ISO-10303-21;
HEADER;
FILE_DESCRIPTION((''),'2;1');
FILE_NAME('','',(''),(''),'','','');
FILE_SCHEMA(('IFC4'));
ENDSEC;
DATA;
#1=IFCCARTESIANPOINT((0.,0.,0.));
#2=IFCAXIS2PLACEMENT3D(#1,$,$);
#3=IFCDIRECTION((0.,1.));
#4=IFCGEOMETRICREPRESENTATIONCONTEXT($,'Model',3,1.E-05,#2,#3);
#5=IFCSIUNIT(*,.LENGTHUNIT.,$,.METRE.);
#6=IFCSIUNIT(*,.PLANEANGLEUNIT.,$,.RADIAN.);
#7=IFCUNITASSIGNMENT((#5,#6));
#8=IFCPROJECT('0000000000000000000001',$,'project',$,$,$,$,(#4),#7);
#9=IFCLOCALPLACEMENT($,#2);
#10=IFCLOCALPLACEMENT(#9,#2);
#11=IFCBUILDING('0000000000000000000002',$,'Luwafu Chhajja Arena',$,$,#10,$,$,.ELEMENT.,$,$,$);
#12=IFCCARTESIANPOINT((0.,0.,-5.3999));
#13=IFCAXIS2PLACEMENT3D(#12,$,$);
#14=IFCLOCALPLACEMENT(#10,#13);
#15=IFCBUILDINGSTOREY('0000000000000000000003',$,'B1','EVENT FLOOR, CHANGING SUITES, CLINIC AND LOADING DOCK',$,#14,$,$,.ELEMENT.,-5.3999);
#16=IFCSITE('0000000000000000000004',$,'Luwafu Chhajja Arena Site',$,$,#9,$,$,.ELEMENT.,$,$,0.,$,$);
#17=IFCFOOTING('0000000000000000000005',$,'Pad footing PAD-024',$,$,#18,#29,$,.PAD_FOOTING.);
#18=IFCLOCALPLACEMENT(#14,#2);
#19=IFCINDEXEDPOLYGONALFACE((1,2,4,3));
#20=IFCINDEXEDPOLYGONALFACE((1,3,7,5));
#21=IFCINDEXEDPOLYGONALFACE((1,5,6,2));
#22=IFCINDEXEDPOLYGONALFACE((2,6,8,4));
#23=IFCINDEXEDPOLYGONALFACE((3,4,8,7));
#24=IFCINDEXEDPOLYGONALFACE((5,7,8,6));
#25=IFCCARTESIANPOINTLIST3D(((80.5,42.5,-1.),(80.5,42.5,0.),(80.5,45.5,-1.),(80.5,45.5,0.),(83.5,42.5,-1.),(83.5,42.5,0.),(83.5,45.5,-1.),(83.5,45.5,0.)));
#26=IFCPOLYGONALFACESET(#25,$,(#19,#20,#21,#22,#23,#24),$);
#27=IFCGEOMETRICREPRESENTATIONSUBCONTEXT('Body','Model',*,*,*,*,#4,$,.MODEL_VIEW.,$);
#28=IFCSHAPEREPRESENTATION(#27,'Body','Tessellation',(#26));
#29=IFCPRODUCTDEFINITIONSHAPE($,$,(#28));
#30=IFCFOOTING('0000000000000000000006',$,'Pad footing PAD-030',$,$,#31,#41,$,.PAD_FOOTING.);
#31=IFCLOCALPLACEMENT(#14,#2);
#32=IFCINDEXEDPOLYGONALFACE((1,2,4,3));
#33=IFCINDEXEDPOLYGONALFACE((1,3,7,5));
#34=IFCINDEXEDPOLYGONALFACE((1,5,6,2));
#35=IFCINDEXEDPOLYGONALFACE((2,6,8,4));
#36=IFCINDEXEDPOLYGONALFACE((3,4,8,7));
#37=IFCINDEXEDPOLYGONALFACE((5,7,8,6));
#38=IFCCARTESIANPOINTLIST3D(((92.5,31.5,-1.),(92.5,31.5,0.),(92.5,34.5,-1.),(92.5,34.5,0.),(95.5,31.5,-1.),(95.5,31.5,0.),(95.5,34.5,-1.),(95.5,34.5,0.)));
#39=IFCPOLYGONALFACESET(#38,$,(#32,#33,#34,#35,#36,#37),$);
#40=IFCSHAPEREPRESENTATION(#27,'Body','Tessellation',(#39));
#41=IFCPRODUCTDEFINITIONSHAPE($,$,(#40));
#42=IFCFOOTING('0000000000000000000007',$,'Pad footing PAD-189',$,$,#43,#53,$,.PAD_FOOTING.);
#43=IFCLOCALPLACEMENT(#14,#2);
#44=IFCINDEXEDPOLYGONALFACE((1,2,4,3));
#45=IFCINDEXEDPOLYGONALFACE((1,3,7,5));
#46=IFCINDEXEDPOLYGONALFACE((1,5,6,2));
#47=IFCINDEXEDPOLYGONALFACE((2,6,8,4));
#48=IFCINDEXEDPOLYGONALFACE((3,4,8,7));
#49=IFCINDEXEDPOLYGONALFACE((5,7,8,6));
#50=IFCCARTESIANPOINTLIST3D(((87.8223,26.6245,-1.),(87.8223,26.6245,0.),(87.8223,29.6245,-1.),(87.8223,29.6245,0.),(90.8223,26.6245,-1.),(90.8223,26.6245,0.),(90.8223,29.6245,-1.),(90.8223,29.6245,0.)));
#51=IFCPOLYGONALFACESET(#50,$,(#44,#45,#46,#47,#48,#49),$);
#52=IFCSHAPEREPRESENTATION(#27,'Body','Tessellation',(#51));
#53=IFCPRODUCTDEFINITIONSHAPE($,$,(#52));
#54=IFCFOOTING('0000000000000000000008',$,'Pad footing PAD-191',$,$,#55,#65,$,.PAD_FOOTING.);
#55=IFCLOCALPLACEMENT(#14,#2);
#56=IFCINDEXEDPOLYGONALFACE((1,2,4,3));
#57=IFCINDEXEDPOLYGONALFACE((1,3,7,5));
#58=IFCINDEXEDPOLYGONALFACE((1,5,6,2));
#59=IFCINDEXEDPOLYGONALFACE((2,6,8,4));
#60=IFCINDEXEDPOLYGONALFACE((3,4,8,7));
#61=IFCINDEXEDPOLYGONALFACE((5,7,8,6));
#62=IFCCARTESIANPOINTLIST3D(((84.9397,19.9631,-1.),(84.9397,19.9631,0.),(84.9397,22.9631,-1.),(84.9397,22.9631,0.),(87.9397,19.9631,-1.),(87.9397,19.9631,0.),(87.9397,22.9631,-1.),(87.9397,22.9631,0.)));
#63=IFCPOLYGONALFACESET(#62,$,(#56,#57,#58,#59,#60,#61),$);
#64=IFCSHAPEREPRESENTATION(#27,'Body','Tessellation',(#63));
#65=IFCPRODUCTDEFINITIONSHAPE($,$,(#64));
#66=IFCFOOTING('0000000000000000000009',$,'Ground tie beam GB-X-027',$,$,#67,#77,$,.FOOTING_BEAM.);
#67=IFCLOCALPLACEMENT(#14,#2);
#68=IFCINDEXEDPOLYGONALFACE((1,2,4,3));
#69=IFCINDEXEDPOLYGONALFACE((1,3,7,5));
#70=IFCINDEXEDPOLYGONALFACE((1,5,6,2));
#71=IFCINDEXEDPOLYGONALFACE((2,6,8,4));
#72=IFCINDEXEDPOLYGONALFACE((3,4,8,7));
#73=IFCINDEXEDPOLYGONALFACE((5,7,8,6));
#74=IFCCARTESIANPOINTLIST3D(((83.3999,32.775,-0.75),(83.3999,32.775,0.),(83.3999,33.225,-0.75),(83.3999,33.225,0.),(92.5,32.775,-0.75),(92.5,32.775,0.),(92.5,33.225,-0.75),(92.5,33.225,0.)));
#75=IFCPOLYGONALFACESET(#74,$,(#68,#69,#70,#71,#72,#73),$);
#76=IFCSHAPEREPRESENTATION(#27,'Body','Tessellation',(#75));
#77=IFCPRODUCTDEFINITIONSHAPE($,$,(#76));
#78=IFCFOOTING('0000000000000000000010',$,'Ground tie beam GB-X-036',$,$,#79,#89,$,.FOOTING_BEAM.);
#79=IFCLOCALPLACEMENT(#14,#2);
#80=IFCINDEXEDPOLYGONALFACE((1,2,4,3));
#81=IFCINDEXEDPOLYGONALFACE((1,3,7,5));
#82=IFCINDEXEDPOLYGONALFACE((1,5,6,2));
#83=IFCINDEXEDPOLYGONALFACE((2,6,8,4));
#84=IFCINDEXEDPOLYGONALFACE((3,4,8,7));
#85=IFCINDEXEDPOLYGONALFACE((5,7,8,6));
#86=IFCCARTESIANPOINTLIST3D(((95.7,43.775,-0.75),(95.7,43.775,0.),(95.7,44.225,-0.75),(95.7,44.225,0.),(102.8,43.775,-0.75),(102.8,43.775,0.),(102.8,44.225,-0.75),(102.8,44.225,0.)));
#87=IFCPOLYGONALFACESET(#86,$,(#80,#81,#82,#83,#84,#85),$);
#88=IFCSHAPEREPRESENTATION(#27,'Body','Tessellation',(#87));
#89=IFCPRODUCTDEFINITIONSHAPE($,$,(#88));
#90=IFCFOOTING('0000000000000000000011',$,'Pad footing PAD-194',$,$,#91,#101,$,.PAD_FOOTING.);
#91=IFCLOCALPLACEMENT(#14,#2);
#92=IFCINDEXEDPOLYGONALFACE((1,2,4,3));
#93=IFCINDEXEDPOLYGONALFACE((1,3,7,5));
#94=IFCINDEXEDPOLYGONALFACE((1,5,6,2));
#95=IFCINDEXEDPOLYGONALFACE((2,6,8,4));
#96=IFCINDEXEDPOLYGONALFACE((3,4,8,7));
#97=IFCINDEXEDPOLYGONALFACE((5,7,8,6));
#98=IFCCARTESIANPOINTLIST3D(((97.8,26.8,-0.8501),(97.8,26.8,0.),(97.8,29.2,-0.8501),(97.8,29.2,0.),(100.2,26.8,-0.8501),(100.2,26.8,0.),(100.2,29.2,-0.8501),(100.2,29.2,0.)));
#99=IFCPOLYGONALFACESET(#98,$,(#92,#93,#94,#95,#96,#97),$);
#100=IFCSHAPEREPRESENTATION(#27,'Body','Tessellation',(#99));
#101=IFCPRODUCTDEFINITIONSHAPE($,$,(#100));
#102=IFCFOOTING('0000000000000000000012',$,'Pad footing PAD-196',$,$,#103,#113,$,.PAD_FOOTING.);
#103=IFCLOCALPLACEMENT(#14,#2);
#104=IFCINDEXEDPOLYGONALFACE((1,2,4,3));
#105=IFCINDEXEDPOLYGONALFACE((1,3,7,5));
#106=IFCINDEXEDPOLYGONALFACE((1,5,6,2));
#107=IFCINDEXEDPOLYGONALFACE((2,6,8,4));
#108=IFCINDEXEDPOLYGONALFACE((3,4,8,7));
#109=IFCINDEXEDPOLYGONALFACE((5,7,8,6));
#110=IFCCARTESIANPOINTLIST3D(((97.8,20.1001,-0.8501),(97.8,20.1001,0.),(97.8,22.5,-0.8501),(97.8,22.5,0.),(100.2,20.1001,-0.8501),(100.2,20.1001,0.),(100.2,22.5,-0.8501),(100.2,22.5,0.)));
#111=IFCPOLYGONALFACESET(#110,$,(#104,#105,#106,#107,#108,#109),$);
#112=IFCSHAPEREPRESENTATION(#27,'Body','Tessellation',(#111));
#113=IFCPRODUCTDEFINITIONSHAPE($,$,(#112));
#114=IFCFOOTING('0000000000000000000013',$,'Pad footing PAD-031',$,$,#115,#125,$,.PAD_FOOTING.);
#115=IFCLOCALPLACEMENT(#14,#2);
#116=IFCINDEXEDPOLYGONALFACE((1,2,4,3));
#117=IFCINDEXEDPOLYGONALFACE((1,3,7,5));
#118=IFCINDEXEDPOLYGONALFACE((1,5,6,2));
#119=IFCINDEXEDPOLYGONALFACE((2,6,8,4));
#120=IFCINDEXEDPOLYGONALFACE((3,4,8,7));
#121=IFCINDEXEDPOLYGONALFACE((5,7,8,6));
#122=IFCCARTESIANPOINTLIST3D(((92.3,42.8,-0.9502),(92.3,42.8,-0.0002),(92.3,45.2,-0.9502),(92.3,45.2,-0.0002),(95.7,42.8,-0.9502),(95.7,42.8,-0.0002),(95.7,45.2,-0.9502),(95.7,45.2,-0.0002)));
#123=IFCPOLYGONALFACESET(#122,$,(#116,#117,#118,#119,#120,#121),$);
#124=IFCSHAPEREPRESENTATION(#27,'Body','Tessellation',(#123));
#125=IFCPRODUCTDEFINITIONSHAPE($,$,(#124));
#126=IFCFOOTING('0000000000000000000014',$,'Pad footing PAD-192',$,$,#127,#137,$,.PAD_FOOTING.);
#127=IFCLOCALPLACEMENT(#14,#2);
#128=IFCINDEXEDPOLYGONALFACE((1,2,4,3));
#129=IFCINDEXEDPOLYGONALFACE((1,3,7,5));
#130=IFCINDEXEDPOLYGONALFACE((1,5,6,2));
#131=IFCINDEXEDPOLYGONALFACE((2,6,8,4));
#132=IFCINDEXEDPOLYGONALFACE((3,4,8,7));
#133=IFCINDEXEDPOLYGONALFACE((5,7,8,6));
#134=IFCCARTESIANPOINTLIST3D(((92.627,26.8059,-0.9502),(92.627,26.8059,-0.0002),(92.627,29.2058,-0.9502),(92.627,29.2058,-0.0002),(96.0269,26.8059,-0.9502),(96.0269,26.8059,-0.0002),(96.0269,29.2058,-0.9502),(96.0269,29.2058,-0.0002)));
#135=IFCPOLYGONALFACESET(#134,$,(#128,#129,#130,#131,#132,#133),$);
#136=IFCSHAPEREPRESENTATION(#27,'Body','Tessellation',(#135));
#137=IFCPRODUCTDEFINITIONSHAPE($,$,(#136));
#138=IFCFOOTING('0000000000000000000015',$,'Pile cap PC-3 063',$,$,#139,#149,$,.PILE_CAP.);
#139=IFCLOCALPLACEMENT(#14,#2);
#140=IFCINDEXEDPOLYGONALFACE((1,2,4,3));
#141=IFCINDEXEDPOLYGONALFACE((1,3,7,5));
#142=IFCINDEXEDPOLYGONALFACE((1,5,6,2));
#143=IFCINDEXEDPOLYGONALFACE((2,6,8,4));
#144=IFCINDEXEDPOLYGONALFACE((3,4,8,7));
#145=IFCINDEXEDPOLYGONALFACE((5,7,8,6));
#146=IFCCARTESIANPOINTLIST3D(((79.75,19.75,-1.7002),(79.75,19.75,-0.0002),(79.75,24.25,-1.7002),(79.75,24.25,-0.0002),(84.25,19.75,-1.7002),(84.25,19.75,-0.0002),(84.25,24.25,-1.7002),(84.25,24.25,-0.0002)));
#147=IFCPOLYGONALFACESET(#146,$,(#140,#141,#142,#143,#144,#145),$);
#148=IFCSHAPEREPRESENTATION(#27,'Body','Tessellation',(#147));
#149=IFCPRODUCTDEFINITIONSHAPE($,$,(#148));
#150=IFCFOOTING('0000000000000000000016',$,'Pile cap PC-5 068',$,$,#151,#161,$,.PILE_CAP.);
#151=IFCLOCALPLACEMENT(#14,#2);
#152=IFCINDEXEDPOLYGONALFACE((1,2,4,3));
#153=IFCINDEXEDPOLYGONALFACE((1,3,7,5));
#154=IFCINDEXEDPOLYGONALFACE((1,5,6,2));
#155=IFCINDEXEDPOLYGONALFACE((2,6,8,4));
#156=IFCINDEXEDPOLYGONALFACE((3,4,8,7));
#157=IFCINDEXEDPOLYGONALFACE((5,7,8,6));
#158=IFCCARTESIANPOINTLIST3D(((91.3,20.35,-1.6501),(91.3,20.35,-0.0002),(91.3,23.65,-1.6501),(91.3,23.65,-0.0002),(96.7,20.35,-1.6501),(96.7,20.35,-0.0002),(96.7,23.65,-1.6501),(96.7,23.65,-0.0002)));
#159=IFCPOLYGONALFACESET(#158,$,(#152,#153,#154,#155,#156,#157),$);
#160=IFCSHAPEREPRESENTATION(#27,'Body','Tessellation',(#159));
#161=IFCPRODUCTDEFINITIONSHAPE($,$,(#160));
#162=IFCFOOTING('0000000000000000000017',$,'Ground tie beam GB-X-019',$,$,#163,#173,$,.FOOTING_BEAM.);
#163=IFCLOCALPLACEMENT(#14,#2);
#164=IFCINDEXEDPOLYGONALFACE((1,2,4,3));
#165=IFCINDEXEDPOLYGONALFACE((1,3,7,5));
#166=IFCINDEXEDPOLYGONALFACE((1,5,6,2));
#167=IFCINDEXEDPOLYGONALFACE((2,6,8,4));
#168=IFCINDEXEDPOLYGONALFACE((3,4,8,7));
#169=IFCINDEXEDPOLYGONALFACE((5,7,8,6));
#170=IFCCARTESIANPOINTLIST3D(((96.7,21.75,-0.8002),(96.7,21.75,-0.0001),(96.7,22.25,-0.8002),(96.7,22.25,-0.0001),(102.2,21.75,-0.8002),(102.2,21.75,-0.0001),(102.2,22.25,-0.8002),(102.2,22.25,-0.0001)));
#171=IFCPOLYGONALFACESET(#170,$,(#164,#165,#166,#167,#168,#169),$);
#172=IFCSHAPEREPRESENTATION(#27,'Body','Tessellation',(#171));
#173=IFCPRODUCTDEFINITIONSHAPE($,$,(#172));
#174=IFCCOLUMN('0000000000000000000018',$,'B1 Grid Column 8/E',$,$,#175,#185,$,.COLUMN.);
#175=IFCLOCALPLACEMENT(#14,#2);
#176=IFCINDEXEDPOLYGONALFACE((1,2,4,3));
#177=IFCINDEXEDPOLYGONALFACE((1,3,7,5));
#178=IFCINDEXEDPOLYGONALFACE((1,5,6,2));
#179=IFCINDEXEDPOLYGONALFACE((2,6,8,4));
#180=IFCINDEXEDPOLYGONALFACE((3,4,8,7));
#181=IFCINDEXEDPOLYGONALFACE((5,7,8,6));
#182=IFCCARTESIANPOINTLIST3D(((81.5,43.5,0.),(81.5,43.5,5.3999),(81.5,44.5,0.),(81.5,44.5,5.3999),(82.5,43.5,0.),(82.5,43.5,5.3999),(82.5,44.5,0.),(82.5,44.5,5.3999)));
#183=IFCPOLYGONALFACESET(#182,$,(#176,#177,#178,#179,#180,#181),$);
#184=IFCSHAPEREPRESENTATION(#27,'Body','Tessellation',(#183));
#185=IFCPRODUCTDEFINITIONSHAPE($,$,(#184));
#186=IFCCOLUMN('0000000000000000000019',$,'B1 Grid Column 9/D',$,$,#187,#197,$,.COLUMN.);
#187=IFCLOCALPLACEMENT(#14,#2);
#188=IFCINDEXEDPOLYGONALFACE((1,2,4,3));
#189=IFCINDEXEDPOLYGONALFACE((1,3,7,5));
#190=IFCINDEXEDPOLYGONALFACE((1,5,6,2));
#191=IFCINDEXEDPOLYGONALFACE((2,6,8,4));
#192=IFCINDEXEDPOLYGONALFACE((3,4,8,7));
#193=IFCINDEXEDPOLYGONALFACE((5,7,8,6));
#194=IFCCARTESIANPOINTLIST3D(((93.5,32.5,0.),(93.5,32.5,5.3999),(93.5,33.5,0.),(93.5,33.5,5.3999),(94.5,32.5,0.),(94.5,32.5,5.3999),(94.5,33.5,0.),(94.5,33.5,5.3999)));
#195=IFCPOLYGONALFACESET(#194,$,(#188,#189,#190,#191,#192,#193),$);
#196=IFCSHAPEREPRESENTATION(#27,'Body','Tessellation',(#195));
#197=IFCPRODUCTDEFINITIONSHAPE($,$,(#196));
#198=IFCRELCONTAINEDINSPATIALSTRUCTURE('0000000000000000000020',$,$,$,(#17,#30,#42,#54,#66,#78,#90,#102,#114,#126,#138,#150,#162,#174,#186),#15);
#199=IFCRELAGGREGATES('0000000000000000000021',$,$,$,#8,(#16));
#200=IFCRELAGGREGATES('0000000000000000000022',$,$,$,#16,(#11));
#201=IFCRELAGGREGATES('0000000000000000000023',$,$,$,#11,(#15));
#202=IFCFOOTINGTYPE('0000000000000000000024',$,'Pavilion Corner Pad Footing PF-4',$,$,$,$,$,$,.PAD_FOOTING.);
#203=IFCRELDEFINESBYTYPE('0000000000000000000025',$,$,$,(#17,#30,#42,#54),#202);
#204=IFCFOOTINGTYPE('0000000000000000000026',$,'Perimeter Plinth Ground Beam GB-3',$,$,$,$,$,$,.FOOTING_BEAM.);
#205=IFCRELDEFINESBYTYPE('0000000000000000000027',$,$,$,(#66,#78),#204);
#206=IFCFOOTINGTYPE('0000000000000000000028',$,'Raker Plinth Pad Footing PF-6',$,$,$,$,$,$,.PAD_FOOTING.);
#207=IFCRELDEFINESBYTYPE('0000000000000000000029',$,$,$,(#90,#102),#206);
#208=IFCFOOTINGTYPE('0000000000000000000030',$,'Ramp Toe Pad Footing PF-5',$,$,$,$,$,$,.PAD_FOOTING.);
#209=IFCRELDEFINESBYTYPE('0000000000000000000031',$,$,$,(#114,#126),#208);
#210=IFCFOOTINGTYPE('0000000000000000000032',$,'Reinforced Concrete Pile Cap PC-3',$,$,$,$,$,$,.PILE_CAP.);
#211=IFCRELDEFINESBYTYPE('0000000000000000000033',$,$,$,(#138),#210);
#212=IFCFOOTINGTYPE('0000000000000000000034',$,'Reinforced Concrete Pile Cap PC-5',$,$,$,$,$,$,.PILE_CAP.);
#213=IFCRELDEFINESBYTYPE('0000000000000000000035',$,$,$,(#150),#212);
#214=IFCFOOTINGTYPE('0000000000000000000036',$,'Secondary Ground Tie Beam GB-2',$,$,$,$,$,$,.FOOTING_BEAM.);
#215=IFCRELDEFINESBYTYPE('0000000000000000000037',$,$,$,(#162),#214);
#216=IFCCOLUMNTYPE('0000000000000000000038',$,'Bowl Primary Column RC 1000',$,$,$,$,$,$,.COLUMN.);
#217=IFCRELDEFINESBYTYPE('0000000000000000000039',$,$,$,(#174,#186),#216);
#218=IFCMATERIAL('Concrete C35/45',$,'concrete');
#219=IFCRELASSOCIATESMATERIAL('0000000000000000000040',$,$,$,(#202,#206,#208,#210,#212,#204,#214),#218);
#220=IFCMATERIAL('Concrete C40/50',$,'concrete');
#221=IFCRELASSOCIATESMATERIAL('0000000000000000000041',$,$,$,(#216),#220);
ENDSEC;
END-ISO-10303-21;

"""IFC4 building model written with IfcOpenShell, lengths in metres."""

from ifc_helpers import new_model, si_unit, direction, frame, origin, origin_2d, place, context, subcontext, project, spatial, rectangle, extrude, material, material_profile, profile_set, type_object, element, save


model = new_model("IFC4")

# Units and contexts
model_context = context("Model", 3, precision=1e-05, world=origin(), true_north=direction((0.0, 1.0)))
body_context = subcontext(model_context, "Body", "Model", "MODEL_VIEW")
ifc_project = project(units=[si_unit("LENGTHUNIT", "METRE"), si_unit("PLANEANGLEUNIT", "RADIAN")], contexts=[model_context])

# Site, building, storey
site_placement = place(None, origin())
site = spatial("IfcSite", under=ifc_project, at=site_placement, Name="Luwafu Chhajja Arena Site", CompositionType="ELEMENT", RefElevation=0.0)
building_placement = place(site_placement, origin())
building = spatial("IfcBuilding", under=site, at=building_placement, Name="Luwafu Chhajja Arena", CompositionType="ELEMENT")
storey_placement = place(building_placement, frame((0.0, 0.0, -5.3999)))
storey = spatial("IfcBuildingStorey", under=building, at=storey_placement, Name="B1", Description="EVENT FLOOR, CHANGING SUITES, CLINIC AND LOADING DOCK", CompositionType="ELEMENT", Elevation=-5.3999)

# Shared definitions
ifc_material_1 = material(Name="Concrete C35/45", Category="concrete")

# Footings
footing_type_1 = type_object("IfcFootingType", Name="Pavilion Corner Pad Footing PF-4", PredefinedType="PAD_FOOTING", material=ifc_material_1)
for number, where, z_axis, x_axis, name in (
    (1, (82.0, 44.0, -1.0), (0.0, 0.0, 1.0), (1.0, 0.0, 0.0), "Pad footing PAD-024"),
    (2, (94.0, 33.0, -1.0), (0.0, 0.0, 1.0), (1.0, 0.0, 0.0), "Pad footing PAD-030"),
    (3, (89.3223, 28.1245, -1.0), (0.0, 0.0, 1.0), (1.0, 0.0, 0.0), "Pad footing PAD-189"),
    (4, (86.4397, 21.4631, -1.0), (0.0, 0.0, 1.0), (1.0, 0.0, 0.0), "Pad footing PAD-191"),
):
    element("IfcFooting", number, at=place(storey_placement, frame(where, z_axis=z_axis, x_axis=x_axis)), inside=storey, type_object=footing_type_1, Name=name, PredefinedType="PAD_FOOTING", context=body_context, shape_type="SweptSolid", body=[
        extrude(rectangle(XDim=3.0, YDim=3.0, at=origin_2d()), origin(), (0.0, 0.0, 1.0), 1.0),
    ])
ifc_material_profile_1 = material_profile(ifc_material_1, rectangle(XDim=0.45, YDim=0.75, at=origin_2d()), Name="RC 450x750")
ifc_profile_set_1 = profile_set([ifc_material_profile_1], Name="Concrete C35/45")
footing_type_2 = type_object("IfcFootingType", Name="Perimeter Plinth Ground Beam GB-3", PredefinedType="FOOTING_BEAM", material=ifc_profile_set_1)
footing_1_placement = place(storey_placement, frame((83.3999, 33.0, -0.375), z_axis=(1.0, 0.0, 0.0), x_axis=(0.0, 1.0, 0.0)))
element("IfcFooting", 5, at=footing_1_placement, inside=storey, type_object=footing_type_2, Name="Ground tie beam GB-X-027", PredefinedType="FOOTING_BEAM", context=body_context, shape_type="SweptSolid", body=[
    extrude(rectangle(XDim=0.45, YDim=0.75, at=origin_2d()), origin(), (0.0, 0.0, 1.0), 9.1001),
])
footing_2_placement = place(storey_placement, frame((95.7, 44.0, -0.375), z_axis=(1.0, 0.0, 0.0), x_axis=(0.0, 1.0, 0.0)))
element("IfcFooting", 6, at=footing_2_placement, inside=storey, type_object=footing_type_2, Name="Ground tie beam GB-X-036", PredefinedType="FOOTING_BEAM", context=body_context, shape_type="SweptSolid", body=[
    extrude(rectangle(XDim=0.45, YDim=0.75, at=origin_2d()), origin(), (0.0, 0.0, 1.0), 7.1001),
])
footing_type_3 = type_object("IfcFootingType", Name="Raker Plinth Pad Footing PF-6", PredefinedType="PAD_FOOTING", material=ifc_material_1)
for number, where, z_axis, x_axis, name in (
    (7, (99.0, 28.0, -0.8501), (0.0, 0.0, 1.0), (1.0, 0.0, 0.0), "Pad footing PAD-194"),
    (8, (99.0, 21.3, -0.8501), (0.0, 0.0, 1.0), (1.0, 0.0, 0.0), "Pad footing PAD-196"),
):
    element("IfcFooting", number, at=place(storey_placement, frame(where, z_axis=z_axis, x_axis=x_axis)), inside=storey, type_object=footing_type_3, Name=name, PredefinedType="PAD_FOOTING", context=body_context, shape_type="SweptSolid", body=[
        extrude(rectangle(XDim=2.3999, YDim=2.3999, at=origin_2d()), origin(), (0.0, 0.0, 1.0), 0.8501),
    ])
footing_type_4 = type_object("IfcFootingType", Name="Ramp Toe Pad Footing PF-5", PredefinedType="PAD_FOOTING", material=ifc_material_1)
for number, where, z_axis, x_axis, name in (
    (9, (94.0, 44.0, -0.9502), (0.0, 0.0, 1.0), (1.0, 0.0, 0.0), "Pad footing PAD-031"),
    (10, (94.3269, 28.0059, -0.9502), (0.0, 0.0, 1.0), (1.0, 0.0, 0.0), "Pad footing PAD-192"),
):
    element("IfcFooting", number, at=place(storey_placement, frame(where, z_axis=z_axis, x_axis=x_axis)), inside=storey, type_object=footing_type_4, Name=name, PredefinedType="PAD_FOOTING", context=body_context, shape_type="SweptSolid", body=[
        extrude(rectangle(XDim=3.3999, YDim=2.3999, at=origin_2d()), origin(), (0.0, 0.0, 1.0), 0.95),
    ])
footing_type_5 = type_object("IfcFootingType", Name="Reinforced Concrete Pile Cap PC-3", PredefinedType="PILE_CAP", material=ifc_material_1)
footing_3_placement = place(storey_placement, frame((82.0, 22.0, -1.7002), z_axis=(0.0, 0.0, 1.0), x_axis=(1.0, 0.0, 0.0)))
element("IfcFooting", 11, at=footing_3_placement, inside=storey, type_object=footing_type_5, Name="Pile cap PC-3 063", PredefinedType="PILE_CAP", context=body_context, shape_type="SweptSolid", body=[
    extrude(rectangle(XDim=4.5, YDim=4.5, at=origin_2d()), origin(), (0.0, 0.0, 1.0), 1.7),
])
footing_type_6 = type_object("IfcFootingType", Name="Reinforced Concrete Pile Cap PC-5", PredefinedType="PILE_CAP", material=ifc_material_1)
footing_4_placement = place(storey_placement, frame((94.0, 22.0, -1.6501), z_axis=(0.0, 0.0, 1.0), x_axis=(1.0, 0.0, 0.0)))
element("IfcFooting", 12, at=footing_4_placement, inside=storey, type_object=footing_type_6, Name="Pile cap PC-5 068", PredefinedType="PILE_CAP", context=body_context, shape_type="SweptSolid", body=[
    extrude(rectangle(XDim=5.3999, YDim=3.3, at=origin_2d()), origin(), (0.0, 0.0, 1.0), 1.6499),
])
ifc_material_profile_2 = material_profile(ifc_material_1, rectangle(XDim=0.5, YDim=0.8, at=origin_2d()), Name="RC 500x800")
ifc_profile_set_2 = profile_set([ifc_material_profile_2], Name="Concrete C35/45")
footing_type_7 = type_object("IfcFootingType", Name="Secondary Ground Tie Beam GB-2", PredefinedType="FOOTING_BEAM", material=ifc_profile_set_2)
footing_5_placement = place(storey_placement, frame((96.7, 22.0, -0.4001), z_axis=(1.0, 0.0, 0.0), x_axis=(0.0, 1.0, 0.0)))
element("IfcFooting", 13, at=footing_5_placement, inside=storey, type_object=footing_type_7, Name="Ground tie beam GB-X-019", PredefinedType="FOOTING_BEAM", context=body_context, shape_type="SweptSolid", body=[
    extrude(rectangle(XDim=0.5, YDim=0.8, at=origin_2d()), origin(), (0.0, 0.0, 1.0), 5.5),
])

# Columns
ifc_material_2 = material(Name="Concrete C40/50", Category="concrete")
ifc_material_profile_3 = material_profile(ifc_material_2, rectangle(XDim=1.0, YDim=1.0, at=origin_2d()), Name="RC 1000x1000")
ifc_profile_set_3 = profile_set([ifc_material_profile_3], Name="Concrete C40/50")
column_type_1 = type_object("IfcColumnType", Name="Bowl Primary Column RC 1000", PredefinedType="COLUMN", material=ifc_profile_set_3)
for number, where, z_axis, x_axis, name in (
    (14, (82.0, 44.0, 0.0), (0.0, 0.0, 1.0), (1.0, 0.0, 0.0), "B1 Grid Column 8/E"),
    (15, (94.0, 33.0, 0.0), (0.0, 0.0, 1.0), (1.0, 0.0, 0.0), "B1 Grid Column 9/D"),
):
    element("IfcColumn", number, at=place(storey_placement, frame(where, z_axis=z_axis, x_axis=x_axis)), inside=storey, type_object=column_type_1, Name=name, PredefinedType="COLUMN", context=body_context, shape_type="SweptSolid", body=[
        extrude(rectangle(XDim=1.0, YDim=1.0, at=origin_2d()), origin(), (0.0, 0.0, 1.0), 5.3999),
    ])

save(model, "model.ifc")
